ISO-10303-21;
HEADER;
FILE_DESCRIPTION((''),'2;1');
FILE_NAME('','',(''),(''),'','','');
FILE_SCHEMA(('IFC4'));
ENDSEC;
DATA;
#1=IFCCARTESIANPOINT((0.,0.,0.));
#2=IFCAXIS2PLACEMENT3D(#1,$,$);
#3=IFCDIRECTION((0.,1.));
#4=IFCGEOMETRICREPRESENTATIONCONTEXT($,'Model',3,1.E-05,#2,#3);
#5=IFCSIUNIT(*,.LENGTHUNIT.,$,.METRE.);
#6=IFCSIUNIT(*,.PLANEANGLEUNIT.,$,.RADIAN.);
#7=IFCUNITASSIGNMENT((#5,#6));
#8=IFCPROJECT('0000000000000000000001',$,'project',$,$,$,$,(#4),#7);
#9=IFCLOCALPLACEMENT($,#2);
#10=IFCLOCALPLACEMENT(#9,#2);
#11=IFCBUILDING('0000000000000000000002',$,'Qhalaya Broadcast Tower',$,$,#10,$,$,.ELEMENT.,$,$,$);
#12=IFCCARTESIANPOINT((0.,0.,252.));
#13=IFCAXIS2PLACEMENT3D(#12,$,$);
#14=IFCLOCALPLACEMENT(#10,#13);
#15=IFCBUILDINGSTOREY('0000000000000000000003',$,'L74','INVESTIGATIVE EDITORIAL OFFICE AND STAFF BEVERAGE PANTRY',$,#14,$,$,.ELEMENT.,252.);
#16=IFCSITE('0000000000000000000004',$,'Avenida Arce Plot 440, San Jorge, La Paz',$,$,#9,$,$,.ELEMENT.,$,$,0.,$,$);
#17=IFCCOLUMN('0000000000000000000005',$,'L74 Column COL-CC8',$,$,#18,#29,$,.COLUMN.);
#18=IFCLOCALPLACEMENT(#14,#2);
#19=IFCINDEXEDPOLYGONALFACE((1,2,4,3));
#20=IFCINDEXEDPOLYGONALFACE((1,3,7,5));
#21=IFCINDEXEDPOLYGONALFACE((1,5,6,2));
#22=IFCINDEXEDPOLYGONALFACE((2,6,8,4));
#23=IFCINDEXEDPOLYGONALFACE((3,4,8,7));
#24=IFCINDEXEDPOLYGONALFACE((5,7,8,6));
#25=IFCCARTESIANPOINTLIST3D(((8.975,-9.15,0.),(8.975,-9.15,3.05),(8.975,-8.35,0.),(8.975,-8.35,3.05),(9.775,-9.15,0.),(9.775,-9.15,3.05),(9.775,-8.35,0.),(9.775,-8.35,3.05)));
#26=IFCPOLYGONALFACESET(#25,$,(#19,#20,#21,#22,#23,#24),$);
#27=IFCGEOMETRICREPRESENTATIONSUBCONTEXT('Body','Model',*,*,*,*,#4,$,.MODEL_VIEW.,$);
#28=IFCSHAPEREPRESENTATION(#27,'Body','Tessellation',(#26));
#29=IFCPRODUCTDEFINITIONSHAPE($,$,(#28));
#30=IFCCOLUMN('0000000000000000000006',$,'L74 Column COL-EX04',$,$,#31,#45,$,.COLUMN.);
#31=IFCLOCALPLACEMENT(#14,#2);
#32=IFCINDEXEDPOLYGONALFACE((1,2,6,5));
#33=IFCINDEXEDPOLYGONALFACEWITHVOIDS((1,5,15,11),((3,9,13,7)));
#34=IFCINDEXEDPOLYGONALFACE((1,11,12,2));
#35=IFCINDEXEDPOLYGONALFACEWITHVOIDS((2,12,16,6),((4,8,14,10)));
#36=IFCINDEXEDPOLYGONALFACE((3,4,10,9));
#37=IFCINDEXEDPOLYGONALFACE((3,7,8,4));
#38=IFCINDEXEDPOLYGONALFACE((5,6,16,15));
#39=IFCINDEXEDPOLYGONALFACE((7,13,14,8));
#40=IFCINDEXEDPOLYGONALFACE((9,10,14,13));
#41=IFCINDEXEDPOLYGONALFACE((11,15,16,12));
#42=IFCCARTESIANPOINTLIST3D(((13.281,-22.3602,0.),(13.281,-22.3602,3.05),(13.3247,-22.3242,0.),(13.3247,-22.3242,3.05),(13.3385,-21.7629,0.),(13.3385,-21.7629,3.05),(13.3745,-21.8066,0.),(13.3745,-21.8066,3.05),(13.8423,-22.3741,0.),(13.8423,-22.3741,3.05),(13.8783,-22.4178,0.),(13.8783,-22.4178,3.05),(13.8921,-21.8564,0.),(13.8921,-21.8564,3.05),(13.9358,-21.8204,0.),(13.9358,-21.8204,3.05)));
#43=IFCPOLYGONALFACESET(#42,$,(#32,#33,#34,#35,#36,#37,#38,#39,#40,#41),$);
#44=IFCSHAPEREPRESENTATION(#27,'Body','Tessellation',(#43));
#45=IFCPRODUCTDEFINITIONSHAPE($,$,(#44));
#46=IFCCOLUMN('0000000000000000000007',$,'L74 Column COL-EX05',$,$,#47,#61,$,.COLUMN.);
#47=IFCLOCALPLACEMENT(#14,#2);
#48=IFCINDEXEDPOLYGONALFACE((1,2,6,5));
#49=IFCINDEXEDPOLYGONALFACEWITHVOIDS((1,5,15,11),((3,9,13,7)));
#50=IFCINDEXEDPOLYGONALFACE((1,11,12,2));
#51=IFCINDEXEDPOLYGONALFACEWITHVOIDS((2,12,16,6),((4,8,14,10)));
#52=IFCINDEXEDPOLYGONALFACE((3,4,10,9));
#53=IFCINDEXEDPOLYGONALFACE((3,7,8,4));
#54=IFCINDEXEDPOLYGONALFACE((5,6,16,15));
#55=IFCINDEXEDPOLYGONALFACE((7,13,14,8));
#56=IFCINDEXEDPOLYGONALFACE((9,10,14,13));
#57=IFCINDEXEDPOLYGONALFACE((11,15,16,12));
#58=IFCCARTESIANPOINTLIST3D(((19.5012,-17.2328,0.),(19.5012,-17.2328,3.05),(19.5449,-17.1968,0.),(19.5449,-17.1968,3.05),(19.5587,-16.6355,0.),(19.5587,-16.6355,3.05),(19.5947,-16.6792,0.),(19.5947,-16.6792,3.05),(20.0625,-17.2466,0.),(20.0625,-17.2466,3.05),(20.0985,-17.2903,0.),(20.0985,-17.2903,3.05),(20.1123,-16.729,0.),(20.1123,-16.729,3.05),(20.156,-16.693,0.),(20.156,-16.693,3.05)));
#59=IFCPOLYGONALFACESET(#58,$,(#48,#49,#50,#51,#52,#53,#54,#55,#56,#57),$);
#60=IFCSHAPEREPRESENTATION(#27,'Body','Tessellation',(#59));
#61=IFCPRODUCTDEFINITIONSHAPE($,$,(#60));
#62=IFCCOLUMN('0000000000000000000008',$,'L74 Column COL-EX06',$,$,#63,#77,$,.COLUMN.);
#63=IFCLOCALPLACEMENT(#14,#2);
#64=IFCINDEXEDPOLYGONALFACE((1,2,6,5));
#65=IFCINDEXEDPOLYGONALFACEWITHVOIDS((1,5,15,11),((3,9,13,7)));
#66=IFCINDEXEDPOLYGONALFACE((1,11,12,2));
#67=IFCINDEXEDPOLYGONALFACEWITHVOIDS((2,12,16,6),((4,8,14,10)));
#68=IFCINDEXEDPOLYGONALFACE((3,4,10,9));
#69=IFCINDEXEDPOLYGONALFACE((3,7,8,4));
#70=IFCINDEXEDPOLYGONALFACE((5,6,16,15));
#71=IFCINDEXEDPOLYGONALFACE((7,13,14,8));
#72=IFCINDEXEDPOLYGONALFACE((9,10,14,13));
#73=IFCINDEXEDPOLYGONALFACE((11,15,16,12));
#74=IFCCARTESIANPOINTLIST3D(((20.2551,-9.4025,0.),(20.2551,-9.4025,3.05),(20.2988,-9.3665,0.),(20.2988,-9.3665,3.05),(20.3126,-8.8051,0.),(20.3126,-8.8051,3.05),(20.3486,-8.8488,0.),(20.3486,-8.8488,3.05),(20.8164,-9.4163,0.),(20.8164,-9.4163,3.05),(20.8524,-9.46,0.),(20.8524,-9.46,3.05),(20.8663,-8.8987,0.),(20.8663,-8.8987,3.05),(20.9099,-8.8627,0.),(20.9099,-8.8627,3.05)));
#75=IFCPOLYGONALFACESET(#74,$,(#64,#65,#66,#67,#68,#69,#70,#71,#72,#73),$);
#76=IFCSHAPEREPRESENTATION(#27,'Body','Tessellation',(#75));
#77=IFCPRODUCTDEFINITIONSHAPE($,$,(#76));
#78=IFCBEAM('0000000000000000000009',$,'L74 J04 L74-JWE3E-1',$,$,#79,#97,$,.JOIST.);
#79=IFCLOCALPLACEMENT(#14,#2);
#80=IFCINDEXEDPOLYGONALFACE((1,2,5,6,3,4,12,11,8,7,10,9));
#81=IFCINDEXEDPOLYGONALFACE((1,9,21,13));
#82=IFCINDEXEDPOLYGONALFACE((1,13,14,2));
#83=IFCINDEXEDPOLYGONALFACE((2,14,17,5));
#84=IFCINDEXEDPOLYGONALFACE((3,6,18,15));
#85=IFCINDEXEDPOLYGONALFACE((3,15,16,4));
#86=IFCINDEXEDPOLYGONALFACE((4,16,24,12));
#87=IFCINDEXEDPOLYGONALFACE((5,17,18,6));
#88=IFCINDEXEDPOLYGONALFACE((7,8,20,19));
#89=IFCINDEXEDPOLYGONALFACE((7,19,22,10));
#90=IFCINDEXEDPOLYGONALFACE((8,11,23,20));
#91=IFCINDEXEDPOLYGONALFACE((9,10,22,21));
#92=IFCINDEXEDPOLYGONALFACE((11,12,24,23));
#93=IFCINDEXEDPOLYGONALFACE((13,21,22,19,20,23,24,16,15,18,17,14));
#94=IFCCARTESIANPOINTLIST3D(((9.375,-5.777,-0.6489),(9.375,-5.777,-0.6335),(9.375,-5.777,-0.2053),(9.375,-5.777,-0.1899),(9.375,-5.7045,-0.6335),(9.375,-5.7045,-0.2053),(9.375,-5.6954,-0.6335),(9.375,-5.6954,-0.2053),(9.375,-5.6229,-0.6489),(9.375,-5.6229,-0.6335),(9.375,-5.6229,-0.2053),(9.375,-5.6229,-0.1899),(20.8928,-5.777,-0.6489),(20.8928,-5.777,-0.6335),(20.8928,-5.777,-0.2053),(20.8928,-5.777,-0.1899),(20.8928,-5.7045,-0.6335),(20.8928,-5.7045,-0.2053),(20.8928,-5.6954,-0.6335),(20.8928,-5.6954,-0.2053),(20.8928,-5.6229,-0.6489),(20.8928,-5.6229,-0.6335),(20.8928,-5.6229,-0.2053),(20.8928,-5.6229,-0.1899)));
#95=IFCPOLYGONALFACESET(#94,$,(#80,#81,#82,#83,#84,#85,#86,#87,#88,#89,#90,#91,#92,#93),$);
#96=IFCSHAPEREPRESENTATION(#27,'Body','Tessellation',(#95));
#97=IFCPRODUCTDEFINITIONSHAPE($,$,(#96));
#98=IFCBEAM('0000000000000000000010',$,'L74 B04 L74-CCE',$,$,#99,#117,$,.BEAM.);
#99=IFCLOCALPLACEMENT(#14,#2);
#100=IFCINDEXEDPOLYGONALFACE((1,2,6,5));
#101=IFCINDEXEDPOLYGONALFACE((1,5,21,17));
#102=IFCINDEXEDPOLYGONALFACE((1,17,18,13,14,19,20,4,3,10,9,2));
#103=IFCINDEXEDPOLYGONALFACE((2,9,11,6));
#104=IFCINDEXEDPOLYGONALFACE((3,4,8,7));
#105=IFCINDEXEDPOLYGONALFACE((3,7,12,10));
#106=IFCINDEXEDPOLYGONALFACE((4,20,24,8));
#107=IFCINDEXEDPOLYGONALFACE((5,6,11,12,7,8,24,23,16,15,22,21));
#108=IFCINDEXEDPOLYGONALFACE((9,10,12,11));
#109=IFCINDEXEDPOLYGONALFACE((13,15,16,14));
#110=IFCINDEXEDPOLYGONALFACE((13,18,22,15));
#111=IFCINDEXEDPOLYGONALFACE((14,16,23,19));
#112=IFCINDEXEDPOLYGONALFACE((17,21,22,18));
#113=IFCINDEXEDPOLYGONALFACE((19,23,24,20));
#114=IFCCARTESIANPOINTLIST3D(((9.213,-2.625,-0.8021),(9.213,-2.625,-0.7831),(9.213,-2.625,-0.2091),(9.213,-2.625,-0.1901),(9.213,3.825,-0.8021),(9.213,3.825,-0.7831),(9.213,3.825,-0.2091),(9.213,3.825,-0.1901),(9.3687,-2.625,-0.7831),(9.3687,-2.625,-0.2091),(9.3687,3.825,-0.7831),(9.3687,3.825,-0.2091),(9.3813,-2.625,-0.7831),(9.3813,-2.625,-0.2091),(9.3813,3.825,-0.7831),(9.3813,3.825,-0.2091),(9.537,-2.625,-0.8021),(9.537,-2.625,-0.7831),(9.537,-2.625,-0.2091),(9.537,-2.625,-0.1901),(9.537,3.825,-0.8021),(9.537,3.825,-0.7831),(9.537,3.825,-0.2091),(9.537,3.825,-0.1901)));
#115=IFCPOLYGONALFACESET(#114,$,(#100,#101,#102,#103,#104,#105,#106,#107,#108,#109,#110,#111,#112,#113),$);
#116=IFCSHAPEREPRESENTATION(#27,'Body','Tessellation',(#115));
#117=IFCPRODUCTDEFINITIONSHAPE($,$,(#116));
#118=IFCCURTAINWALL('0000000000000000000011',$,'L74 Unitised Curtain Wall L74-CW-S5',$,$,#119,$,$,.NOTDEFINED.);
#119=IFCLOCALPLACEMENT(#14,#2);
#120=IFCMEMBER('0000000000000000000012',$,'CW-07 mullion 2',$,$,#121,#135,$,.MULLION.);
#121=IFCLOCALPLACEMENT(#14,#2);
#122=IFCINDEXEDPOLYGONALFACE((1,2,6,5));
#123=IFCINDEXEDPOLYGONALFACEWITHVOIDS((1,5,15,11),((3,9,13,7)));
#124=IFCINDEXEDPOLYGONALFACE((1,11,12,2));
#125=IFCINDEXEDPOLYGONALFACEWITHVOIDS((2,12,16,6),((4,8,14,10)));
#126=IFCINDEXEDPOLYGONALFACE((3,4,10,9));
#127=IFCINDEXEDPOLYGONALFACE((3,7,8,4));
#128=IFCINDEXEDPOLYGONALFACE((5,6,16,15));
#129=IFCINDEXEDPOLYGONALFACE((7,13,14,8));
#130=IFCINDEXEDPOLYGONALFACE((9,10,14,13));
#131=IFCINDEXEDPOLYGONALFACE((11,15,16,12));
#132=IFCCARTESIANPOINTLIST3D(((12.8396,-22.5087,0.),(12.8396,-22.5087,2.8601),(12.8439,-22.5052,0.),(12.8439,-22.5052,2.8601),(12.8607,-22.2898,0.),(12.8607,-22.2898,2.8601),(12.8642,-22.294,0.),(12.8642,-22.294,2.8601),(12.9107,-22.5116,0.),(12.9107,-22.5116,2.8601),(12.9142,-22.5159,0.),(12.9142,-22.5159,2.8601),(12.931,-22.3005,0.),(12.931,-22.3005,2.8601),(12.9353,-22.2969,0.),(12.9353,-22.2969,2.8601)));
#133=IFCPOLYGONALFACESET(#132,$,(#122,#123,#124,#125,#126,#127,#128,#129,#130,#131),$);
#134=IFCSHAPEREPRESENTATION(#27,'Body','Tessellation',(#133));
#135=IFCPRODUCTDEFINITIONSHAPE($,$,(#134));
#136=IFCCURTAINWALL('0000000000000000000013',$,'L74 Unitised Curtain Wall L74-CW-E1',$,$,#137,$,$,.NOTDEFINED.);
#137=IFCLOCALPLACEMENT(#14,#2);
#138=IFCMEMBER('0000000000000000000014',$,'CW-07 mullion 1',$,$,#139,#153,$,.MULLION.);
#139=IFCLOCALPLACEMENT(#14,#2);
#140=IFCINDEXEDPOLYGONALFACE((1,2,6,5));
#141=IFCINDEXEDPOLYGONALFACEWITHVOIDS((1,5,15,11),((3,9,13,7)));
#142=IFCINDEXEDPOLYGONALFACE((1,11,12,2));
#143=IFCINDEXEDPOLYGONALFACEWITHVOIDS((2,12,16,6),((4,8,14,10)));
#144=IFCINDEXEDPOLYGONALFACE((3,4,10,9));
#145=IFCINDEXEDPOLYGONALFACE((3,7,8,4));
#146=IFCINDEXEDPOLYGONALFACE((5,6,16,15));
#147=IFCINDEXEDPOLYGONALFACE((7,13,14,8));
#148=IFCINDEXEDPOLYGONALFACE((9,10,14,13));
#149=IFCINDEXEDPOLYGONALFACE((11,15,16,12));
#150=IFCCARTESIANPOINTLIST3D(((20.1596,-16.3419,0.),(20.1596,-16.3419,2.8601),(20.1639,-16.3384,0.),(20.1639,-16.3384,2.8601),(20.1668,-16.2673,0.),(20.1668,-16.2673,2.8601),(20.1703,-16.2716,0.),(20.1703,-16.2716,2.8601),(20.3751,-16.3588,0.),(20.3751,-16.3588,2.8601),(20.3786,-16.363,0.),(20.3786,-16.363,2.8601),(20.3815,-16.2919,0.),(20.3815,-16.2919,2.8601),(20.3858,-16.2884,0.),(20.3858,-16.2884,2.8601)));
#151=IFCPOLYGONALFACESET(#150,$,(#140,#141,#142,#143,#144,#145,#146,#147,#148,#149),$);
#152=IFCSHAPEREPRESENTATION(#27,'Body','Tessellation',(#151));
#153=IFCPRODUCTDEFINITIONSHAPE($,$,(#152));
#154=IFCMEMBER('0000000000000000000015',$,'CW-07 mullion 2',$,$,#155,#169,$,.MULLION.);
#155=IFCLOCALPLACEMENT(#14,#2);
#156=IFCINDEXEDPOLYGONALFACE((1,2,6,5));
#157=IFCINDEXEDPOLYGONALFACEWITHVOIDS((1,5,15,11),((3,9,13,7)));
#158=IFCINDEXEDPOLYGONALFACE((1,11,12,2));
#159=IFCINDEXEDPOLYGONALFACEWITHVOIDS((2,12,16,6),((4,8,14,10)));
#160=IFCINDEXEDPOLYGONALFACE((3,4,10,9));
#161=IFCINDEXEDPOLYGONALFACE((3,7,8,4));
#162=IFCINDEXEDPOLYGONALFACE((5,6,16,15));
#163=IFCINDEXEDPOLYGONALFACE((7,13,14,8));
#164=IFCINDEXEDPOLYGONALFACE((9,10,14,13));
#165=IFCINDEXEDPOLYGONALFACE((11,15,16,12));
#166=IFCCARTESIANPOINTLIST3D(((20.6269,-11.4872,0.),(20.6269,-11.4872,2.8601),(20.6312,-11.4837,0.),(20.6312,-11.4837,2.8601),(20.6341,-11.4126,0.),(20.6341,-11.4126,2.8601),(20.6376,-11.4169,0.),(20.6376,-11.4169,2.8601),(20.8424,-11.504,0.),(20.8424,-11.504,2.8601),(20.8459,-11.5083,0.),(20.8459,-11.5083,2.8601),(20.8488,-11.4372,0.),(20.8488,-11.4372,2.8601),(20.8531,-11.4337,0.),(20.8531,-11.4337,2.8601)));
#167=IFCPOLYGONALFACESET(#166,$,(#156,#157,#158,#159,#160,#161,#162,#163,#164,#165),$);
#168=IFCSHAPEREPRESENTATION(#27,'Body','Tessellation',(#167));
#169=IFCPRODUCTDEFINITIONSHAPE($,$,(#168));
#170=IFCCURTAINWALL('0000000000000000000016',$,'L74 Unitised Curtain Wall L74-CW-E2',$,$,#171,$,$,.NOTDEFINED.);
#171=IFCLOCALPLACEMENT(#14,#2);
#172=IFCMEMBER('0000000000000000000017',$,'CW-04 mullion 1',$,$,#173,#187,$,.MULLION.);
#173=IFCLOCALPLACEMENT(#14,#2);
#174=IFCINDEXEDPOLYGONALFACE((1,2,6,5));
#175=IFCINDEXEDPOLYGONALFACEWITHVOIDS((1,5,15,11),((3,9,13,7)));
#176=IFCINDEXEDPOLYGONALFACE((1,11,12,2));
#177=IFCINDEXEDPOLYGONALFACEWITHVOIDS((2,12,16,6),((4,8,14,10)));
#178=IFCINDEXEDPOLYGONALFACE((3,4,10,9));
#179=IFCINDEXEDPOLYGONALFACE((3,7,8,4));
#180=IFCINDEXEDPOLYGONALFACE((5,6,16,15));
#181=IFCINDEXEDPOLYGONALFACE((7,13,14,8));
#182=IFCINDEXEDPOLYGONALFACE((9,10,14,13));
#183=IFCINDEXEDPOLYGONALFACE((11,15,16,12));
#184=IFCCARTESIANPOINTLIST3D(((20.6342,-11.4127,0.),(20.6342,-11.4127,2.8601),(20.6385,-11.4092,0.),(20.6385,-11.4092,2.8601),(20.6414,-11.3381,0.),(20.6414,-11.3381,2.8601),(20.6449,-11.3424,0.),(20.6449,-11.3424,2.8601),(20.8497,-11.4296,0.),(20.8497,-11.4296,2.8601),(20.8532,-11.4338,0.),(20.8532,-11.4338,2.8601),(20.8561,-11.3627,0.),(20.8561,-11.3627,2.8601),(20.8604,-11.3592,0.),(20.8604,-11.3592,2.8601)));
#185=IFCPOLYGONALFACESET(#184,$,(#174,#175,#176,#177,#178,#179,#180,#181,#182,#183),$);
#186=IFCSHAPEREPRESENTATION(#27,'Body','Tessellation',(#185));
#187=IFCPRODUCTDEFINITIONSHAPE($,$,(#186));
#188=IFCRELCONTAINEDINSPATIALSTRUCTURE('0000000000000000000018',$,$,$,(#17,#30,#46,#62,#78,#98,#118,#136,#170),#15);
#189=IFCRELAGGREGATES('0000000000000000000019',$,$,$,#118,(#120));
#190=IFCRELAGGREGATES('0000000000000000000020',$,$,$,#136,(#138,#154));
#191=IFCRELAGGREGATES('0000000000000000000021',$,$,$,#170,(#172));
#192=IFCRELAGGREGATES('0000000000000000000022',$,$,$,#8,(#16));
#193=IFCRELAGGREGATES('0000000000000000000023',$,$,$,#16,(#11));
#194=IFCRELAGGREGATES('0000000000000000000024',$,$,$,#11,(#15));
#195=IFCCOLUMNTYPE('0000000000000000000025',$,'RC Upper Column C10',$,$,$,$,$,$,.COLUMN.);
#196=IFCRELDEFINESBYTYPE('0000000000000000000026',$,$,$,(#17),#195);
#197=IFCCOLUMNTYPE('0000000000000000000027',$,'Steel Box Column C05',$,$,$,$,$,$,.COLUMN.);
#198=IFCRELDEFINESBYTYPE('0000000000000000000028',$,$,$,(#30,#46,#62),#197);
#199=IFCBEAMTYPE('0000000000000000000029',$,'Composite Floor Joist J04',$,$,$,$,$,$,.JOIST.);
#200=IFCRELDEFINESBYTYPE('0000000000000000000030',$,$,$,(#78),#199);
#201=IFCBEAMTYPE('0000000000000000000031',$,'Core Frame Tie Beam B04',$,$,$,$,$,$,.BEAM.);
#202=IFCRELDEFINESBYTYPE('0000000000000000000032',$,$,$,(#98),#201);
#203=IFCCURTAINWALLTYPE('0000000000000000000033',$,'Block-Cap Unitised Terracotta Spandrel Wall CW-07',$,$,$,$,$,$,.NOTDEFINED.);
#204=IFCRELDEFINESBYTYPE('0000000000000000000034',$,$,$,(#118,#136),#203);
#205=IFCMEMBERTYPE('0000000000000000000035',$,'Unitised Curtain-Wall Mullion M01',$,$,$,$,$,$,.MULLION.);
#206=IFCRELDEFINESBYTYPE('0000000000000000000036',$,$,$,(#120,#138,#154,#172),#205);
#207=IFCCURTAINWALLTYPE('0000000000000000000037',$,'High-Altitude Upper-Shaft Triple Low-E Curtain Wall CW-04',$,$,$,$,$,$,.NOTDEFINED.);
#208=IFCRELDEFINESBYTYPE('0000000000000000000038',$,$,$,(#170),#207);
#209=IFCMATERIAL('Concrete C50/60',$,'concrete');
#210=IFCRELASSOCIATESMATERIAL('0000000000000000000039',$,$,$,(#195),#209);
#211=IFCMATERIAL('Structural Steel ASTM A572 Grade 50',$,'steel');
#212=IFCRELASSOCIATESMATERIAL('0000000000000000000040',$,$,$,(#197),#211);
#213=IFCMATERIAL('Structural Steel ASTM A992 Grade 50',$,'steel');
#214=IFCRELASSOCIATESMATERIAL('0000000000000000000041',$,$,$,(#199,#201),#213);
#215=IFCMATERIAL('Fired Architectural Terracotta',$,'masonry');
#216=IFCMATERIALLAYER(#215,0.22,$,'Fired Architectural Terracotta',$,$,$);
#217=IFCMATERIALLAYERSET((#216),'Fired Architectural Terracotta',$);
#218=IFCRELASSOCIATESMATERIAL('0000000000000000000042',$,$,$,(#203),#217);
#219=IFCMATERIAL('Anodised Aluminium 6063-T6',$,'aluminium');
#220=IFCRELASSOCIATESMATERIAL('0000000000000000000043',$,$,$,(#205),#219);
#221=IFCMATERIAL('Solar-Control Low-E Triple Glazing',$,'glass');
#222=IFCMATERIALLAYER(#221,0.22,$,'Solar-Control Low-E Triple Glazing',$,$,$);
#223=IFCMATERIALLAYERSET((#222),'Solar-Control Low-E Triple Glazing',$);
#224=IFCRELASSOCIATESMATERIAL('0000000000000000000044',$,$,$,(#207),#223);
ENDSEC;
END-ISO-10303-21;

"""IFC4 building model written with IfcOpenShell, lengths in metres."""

from ifc_helpers import new_model, si_unit, direction, frame, origin, origin_2d, place, context, subcontext, project, spatial, rectangle, hollow_rectangle, i_section, extrude, material, layer, layer_set, material_profile, profile_set, type_object, element, aggregate, save


model = new_model("IFC4")

# Units and contexts
model_context = context("Model", 3, precision=1e-05, world=origin(), true_north=direction((0.0, 1.0)))
body_context = subcontext(model_context, "Body", "Model", "MODEL_VIEW")
ifc_project = project(units=[si_unit("LENGTHUNIT", "METRE"), si_unit("PLANEANGLEUNIT", "RADIAN")], contexts=[model_context])

# Site, building, storey
site_placement = place(None, origin())
site = spatial("IfcSite", under=ifc_project, at=site_placement, Name="Avenida Arce Plot 440, San Jorge, La Paz", CompositionType="ELEMENT", RefElevation=0.0)
building_placement = place(site_placement, origin())
building = spatial("IfcBuilding", under=site, at=building_placement, Name="Qhalaya Broadcast Tower", CompositionType="ELEMENT")
storey_placement = place(building_placement, frame((0.0, 0.0, 252.0)))
storey = spatial("IfcBuildingStorey", under=building, at=storey_placement, Name="L74", Description="INVESTIGATIVE EDITORIAL OFFICE AND STAFF BEVERAGE PANTRY", CompositionType="ELEMENT", Elevation=252.0)

# Columns
ifc_material_1 = material(Name="Concrete C50/60", Category="concrete")
ifc_material_profile_1 = material_profile(ifc_material_1, rectangle(XDim=0.8, YDim=0.8, at=origin_2d()), Name="RC-COL 800x800")
ifc_profile_set_1 = profile_set([ifc_material_profile_1], Name="Concrete C50/60")
column_type_1 = type_object("IfcColumnType", Name="RC Upper Column C10", PredefinedType="COLUMN", material=ifc_profile_set_1)
column_placement = place(storey_placement, frame((9.375, -8.75, 0.0), z_axis=(0.0, 0.0, 1.0), x_axis=(1.0, 0.0, 0.0)))
element("IfcColumn", 1, at=column_placement, inside=storey, type_object=column_type_1, Name="L74 Column COL-CC8", PredefinedType="COLUMN", context=body_context, shape_type="SweptSolid", body=[
    extrude(rectangle(XDim=0.8, YDim=0.8, at=origin_2d()), origin(), (0.0, 0.0, 1.0), 3.05),
])
ifc_material_2 = material(Name="Structural Steel ASTM A572 Grade 50", Category="steel")
ifc_material_profile_2 = material_profile(ifc_material_2, hollow_rectangle(XDim=0.6001, YDim=0.6001, WallThickness=0.04, at=origin_2d()), Name="BOX 600x600x40")
ifc_profile_set_2 = profile_set([ifc_material_profile_2], Name="Structural Steel ASTM A572 Grade 50")
column_type_2 = type_object("IfcColumnType", Name="Steel Box Column C05", PredefinedType="COLUMN", material=ifc_profile_set_2)
for number, where, z_axis, x_axis, name in (
    (2, (13.6084, -22.0903, 0.0), (0.0, 0.0, 1.0), (0.995396, -0.095846, 0.0), "L74 Column COL-EX04"),
    (3, (19.8286, -16.9629, 0.0), (0.0, 0.0, 1.0), (0.095846, 0.995396, 0.0), "L74 Column COL-EX05"),
    (4, (20.5825, -9.1326, 0.0), (0.0, 0.0, 1.0), (0.095846, 0.995396, 0.0), "L74 Column COL-EX06"),
):
    element("IfcColumn", number, at=place(storey_placement, frame(where, z_axis=z_axis, x_axis=x_axis)), inside=storey, type_object=column_type_2, Name=name, PredefinedType="COLUMN", context=body_context, shape_type="SweptSolid", body=[
        extrude(hollow_rectangle(XDim=0.6001, YDim=0.6001, WallThickness=0.04, at=origin_2d()), origin(), (0.0, 0.0, 1.0), 3.05),
    ])

# Beams
ifc_material_3 = material(Name="Structural Steel ASTM A992 Grade 50", Category="steel")
ifc_material_profile_3 = material_profile(ifc_material_3, i_section(OverallWidth=0.1541, OverallDepth=0.459, WebThickness=0.009, FlangeThickness=0.0154, at=origin_2d()), Name="W18X46")
ifc_profile_set_3 = profile_set([ifc_material_profile_3], Name="Structural Steel ASTM A992 Grade 50")
beam_type_1 = type_object("IfcBeamType", Name="Composite Floor Joist J04", PredefinedType="JOIST", material=ifc_profile_set_3)
beam_1_placement = place(storey_placement, frame((9.375, -5.7, -0.4194), z_axis=(1.0, 0.0, 0.0), x_axis=(0.0, 1.0, 0.0)))
element("IfcBeam", 5, at=beam_1_placement, inside=storey, type_object=beam_type_1, Name="L74 J04 L74-JWE3E-1", PredefinedType="JOIST", context=body_context, shape_type="SweptSolid", body=[
    extrude(i_section(OverallWidth=0.1541, OverallDepth=0.459, WebThickness=0.009, FlangeThickness=0.0154, at=origin_2d()), origin(), (0.0, 0.0, 1.0), 11.5178),
])
ifc_material_profile_4 = material_profile(ifc_material_3, i_section(OverallWidth=0.324, OverallDepth=0.6121, WebThickness=0.0127, FlangeThickness=0.019, at=origin_2d()), Name="W24X104")
ifc_profile_set_4 = profile_set([ifc_material_profile_4], Name="Structural Steel ASTM A992 Grade 50")
beam_type_2 = type_object("IfcBeamType", Name="Core Frame Tie Beam B04", PredefinedType="BEAM", material=ifc_profile_set_4)
beam_2_placement = place(storey_placement, frame((9.375, -2.625, -0.4961), z_axis=(0.0, 1.0, 0.0), x_axis=(-1.0, 0.0, 0.0)))
element("IfcBeam", 6, at=beam_2_placement, inside=storey, type_object=beam_type_2, Name="L74 B04 L74-CCE", PredefinedType="BEAM", context=body_context, shape_type="SweptSolid", body=[
    extrude(i_section(OverallWidth=0.324, OverallDepth=0.6121, WebThickness=0.0127, FlangeThickness=0.019, at=origin_2d()), origin(), (0.0, 0.0, 1.0), 6.45),
])

# Curtain wall, member
ifc_material_4 = material(Name="Fired Architectural Terracotta", Category="masonry")
ifc_layer_1 = layer(ifc_material_4, 0.22, Name="Fired Architectural Terracotta")
ifc_layer_set_1 = layer_set([ifc_layer_1], Name="Fired Architectural Terracotta")
curtain_wall_type_1 = type_object("IfcCurtainWallType", Name="Block-Cap Unitised Terracotta Spandrel Wall CW-07", PredefinedType="NOTDEFINED", material=ifc_layer_set_1)
curtain_wall_1_placement = place(storey_placement, origin())
curtain_wall_1 = element("IfcCurtainWall", 7, at=curtain_wall_1_placement, inside=storey, type_object=curtain_wall_type_1, Name="L74 Unitised Curtain Wall L74-CW-S5", PredefinedType="NOTDEFINED")
ifc_material_5 = material(Name="Anodised Aluminium 6063-T6", Category="aluminium")
ifc_material_profile_5 = material_profile(ifc_material_5, hollow_rectangle(XDim=0.075, YDim=0.22, WallThickness=0.0039, at=origin_2d()), Name="ALU-MUL 75x220x4")
ifc_profile_set_5 = profile_set([ifc_material_profile_5], Name="Anodised Aluminium 6063-T6")
member_type_1 = type_object("IfcMemberType", Name="Unitised Curtain-Wall Mullion M01", PredefinedType="MULLION", material=ifc_profile_set_5)
member_1_placement = place(storey_placement, frame((12.8875, -22.4028, 0.0), z_axis=(0.0, 0.0, 1.0), x_axis=(0.995397, -0.095839, 0.0)))
member_1 = element("IfcMember", 8, at=member_1_placement, type_object=member_type_1, Name="CW-07 mullion 2", PredefinedType="MULLION", context=body_context, shape_type="SweptSolid", body=[
    extrude(hollow_rectangle(XDim=0.075, YDim=0.22, WallThickness=0.0039, at=origin_2d()), origin(), (0.0, 0.0, 1.0), 2.8601),
])

# Curtain walls, members
curtain_wall_2_placement = place(storey_placement, origin())
curtain_wall_2 = element("IfcCurtainWall", 9, at=curtain_wall_2_placement, inside=storey, type_object=curtain_wall_type_1, Name="L74 Unitised Curtain Wall L74-CW-E1", PredefinedType="NOTDEFINED")
member_2_placement = place(storey_placement, frame((20.2727, -16.3152, 0.0), z_axis=(0.0, 0.0, 1.0), x_axis=(0.09584, 0.995397, 0.0)))
member_2 = element("IfcMember", 10, at=member_2_placement, type_object=member_type_1, Name="CW-07 mullion 1", PredefinedType="MULLION", context=body_context, shape_type="SweptSolid", body=[
    extrude(hollow_rectangle(XDim=0.075, YDim=0.22, WallThickness=0.0039, at=origin_2d()), origin(), (0.0, 0.0, 1.0), 2.8601),
])
member_3_placement = place(storey_placement, frame((20.74, -11.4604, 0.0), z_axis=(0.0, 0.0, 1.0), x_axis=(0.09584, 0.995397, 0.0)))
member_3 = element("IfcMember", 11, at=member_3_placement, type_object=member_type_1, Name="CW-07 mullion 2", PredefinedType="MULLION", context=body_context, shape_type="SweptSolid", body=[
    extrude(hollow_rectangle(XDim=0.075, YDim=0.22, WallThickness=0.0039, at=origin_2d()), origin(), (0.0, 0.0, 1.0), 2.8601),
])
ifc_material_6 = material(Name="Solar-Control Low-E Triple Glazing", Category="glass")
ifc_layer_2 = layer(ifc_material_6, 0.22, Name="Solar-Control Low-E Triple Glazing")
ifc_layer_set_2 = layer_set([ifc_layer_2], Name="Solar-Control Low-E Triple Glazing")
curtain_wall_type_2 = type_object("IfcCurtainWallType", Name="High-Altitude Upper-Shaft Triple Low-E Curtain Wall CW-04", PredefinedType="NOTDEFINED", material=ifc_layer_set_2)
curtain_wall_3_placement = place(storey_placement, origin())
curtain_wall_3 = element("IfcCurtainWall", 12, at=curtain_wall_3_placement, inside=storey, type_object=curtain_wall_type_2, Name="L74 Unitised Curtain Wall L74-CW-E2", PredefinedType="NOTDEFINED")
member_4_placement = place(storey_placement, frame((20.7473, -11.386, 0.0), z_axis=(0.0, 0.0, 1.0), x_axis=(0.095859, 0.995395, 0.0)))
member_4 = element("IfcMember", 13, at=member_4_placement, type_object=member_type_1, Name="CW-04 mullion 1", PredefinedType="MULLION", context=body_context, shape_type="SweptSolid", body=[
    extrude(hollow_rectangle(XDim=0.075, YDim=0.22, WallThickness=0.0039, at=origin_2d()), origin(), (0.0, 0.0, 1.0), 2.8601),
])

aggregate(curtain_wall_1, [member_1])
aggregate(curtain_wall_2, [member_2, member_3])
aggregate(curtain_wall_3, [member_4])

save(model, "model.ifc")
